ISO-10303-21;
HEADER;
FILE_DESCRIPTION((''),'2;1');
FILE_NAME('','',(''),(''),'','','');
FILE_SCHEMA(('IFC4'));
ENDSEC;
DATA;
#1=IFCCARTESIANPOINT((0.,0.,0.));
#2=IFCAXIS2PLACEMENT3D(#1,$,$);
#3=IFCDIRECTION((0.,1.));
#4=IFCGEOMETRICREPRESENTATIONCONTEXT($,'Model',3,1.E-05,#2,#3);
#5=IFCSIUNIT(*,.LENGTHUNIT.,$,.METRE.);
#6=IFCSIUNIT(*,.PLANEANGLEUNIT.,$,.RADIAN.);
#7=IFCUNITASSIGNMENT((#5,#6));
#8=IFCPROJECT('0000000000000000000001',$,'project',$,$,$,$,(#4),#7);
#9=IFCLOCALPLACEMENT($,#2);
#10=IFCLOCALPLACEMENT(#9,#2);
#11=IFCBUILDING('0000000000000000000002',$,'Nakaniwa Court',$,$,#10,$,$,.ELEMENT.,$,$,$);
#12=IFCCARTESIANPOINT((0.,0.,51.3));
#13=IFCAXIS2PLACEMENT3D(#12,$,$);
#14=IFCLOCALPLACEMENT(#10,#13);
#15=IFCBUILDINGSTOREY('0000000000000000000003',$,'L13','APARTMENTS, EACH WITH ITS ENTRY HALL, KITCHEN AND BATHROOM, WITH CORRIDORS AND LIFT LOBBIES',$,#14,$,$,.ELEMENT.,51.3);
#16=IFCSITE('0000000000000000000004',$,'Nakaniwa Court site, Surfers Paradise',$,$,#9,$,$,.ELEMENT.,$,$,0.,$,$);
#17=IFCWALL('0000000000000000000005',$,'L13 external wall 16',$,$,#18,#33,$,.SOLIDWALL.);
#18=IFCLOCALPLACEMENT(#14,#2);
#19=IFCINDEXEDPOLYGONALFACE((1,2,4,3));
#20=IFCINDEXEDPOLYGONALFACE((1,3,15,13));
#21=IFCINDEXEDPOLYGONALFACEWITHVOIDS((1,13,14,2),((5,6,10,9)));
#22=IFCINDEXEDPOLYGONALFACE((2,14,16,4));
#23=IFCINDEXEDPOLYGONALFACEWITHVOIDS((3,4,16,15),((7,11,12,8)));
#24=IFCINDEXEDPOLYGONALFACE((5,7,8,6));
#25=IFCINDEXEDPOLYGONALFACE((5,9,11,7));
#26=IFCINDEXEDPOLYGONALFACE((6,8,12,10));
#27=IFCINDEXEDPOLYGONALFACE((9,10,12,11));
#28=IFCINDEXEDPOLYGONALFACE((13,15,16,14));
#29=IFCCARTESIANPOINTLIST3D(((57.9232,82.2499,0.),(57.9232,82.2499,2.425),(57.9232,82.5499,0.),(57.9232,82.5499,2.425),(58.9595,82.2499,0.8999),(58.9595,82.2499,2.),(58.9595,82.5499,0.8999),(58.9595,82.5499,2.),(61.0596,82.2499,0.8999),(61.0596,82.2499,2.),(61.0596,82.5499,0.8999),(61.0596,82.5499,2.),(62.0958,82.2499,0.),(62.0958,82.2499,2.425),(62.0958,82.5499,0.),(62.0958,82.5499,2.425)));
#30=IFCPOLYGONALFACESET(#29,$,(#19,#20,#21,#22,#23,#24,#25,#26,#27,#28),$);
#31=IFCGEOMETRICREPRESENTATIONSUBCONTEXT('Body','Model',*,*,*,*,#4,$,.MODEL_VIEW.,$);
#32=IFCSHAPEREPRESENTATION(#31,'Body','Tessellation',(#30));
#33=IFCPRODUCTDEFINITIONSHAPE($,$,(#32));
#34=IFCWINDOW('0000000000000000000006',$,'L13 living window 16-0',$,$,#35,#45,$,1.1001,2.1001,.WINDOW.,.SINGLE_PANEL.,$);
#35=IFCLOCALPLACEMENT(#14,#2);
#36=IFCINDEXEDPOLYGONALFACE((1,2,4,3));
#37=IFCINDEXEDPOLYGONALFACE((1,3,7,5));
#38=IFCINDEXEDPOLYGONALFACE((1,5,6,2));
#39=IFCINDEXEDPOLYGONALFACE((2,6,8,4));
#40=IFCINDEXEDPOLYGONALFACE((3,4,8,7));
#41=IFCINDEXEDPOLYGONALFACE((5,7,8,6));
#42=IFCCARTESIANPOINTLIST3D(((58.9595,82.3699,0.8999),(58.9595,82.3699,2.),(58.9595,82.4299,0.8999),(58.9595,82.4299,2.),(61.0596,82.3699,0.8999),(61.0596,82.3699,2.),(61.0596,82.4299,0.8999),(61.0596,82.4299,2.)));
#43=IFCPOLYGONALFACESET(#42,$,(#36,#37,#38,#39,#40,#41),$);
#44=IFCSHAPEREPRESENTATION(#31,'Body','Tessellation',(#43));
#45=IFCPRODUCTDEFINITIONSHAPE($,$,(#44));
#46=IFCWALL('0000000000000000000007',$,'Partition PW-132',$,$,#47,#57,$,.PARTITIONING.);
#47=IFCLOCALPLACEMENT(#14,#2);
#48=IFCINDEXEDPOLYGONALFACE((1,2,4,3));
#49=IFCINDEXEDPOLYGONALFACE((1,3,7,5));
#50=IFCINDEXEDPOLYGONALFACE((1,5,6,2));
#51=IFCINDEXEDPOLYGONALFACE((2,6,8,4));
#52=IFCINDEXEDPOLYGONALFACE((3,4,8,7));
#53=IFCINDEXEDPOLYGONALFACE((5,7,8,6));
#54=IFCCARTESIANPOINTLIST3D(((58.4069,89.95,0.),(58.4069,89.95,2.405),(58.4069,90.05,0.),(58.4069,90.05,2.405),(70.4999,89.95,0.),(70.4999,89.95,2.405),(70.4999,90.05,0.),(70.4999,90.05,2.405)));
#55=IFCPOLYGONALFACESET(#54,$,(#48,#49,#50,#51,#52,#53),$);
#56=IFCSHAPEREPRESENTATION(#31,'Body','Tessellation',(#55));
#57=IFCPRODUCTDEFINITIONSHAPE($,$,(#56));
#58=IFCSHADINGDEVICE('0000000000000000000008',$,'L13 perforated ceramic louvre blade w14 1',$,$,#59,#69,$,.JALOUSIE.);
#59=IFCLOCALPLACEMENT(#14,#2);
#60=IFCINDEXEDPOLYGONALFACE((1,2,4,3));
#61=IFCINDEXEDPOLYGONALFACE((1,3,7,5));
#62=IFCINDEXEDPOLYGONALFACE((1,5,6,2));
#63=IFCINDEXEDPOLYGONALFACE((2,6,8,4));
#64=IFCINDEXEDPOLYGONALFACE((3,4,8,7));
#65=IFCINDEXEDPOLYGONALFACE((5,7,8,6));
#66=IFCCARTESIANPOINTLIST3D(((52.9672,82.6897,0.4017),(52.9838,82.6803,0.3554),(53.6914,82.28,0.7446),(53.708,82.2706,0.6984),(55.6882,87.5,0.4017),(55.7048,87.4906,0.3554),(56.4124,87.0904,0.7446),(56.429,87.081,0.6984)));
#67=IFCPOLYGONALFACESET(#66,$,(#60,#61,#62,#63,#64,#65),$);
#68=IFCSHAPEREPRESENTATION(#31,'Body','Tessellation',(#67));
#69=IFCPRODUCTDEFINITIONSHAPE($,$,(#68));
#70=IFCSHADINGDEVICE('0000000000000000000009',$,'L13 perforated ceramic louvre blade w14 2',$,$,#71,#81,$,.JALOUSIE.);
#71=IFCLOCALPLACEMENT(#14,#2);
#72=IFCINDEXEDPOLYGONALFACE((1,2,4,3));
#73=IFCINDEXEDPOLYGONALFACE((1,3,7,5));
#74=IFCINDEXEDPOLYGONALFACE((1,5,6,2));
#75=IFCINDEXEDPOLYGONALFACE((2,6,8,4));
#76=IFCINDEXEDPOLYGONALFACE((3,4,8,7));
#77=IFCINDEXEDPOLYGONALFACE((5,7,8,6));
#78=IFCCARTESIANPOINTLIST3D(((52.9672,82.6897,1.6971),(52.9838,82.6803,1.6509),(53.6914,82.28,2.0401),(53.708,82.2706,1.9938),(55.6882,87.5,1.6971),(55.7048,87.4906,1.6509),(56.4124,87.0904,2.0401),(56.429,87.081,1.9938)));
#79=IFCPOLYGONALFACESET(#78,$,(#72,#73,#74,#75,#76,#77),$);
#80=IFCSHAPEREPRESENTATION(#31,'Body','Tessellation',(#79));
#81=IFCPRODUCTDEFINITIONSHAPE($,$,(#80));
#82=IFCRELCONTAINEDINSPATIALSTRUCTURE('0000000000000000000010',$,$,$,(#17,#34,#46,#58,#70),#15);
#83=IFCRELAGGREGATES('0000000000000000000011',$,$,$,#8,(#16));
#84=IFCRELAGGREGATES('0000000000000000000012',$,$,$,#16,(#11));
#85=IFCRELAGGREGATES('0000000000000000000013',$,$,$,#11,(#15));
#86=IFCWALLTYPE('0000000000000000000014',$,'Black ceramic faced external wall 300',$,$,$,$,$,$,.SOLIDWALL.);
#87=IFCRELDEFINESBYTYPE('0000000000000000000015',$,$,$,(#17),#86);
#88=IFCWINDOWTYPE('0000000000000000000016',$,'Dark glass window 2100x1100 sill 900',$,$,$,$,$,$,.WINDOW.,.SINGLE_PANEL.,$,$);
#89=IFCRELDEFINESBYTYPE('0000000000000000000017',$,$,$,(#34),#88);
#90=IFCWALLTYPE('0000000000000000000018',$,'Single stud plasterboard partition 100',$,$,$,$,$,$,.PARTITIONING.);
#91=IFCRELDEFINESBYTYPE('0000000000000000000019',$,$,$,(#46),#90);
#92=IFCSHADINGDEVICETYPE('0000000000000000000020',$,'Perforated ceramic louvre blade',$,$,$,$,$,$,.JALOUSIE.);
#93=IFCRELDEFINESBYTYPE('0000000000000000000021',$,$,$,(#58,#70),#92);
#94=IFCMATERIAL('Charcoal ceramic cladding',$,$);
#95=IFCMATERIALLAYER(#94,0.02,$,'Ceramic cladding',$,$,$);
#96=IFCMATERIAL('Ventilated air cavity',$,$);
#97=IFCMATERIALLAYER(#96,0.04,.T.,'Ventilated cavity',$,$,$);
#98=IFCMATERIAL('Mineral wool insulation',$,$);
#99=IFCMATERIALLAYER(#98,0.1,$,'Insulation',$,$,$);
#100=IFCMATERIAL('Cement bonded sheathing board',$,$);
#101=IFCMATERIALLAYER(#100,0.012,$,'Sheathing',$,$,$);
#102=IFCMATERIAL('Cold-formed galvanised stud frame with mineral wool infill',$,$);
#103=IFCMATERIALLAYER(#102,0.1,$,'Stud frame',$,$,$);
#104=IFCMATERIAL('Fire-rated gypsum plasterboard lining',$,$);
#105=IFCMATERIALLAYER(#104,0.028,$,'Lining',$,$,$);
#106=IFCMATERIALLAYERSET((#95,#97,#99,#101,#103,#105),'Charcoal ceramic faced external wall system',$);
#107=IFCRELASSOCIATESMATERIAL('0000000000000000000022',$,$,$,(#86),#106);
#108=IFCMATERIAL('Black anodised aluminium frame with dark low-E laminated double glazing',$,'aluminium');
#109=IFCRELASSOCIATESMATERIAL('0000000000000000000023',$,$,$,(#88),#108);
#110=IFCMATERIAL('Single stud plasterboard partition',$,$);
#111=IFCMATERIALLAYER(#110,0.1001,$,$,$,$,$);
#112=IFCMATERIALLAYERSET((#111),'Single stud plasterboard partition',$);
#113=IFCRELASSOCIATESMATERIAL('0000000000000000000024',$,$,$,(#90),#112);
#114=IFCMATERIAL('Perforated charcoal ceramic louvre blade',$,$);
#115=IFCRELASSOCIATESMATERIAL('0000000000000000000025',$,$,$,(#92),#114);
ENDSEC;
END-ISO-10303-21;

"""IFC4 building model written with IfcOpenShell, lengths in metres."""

from ifc_helpers import new_model, si_unit, direction, frame, frame_2d, origin, origin_2d, place, context, subcontext, project, spatial, rectangle, extrude, material, layer, layer_set, material_profile, profile_set, type_object, element, fill, save


model = new_model("IFC4")

# Units and contexts
model_context = context("Model", 3, precision=1e-05, world=origin(), true_north=direction((0.0, 1.0)))
body_context = subcontext(model_context, "Body", "Model", "MODEL_VIEW")
ifc_project = project(units=[si_unit("LENGTHUNIT", "METRE"), si_unit("PLANEANGLEUNIT", "RADIAN")], contexts=[model_context])

# Site, building, storey
site_placement = place(None, origin())
site = spatial("IfcSite", under=ifc_project, at=site_placement, Name="Nakaniwa Court site, Surfers Paradise", CompositionType="ELEMENT", RefElevation=0.0)
building_placement = place(site_placement, origin())
building = spatial("IfcBuilding", under=site, at=building_placement, Name="Nakaniwa Court", CompositionType="ELEMENT")
storey_placement = place(building_placement, frame((0.0, 0.0, 51.3)))
storey = spatial("IfcBuildingStorey", under=building, at=storey_placement, Name="L13", Description="APARTMENTS, EACH WITH ITS ENTRY HALL, KITCHEN AND BATHROOM, WITH CORRIDORS AND LIFT LOBBIES", CompositionType="ELEMENT", Elevation=51.3)

# Shared definitions
ifc_material_1 = material(Name="Charcoal ceramic cladding")
ifc_layer_1 = layer(ifc_material_1, 0.02, Name="Ceramic cladding")
ifc_material_2 = material(Name="Ventilated air cavity")
ifc_layer_2 = layer(ifc_material_2, 0.04, ventilated=True, Name="Ventilated cavity")
ifc_material_3 = material(Name="Mineral wool insulation")
ifc_layer_3 = layer(ifc_material_3, 0.1, Name="Insulation")
ifc_material_4 = material(Name="Cement bonded sheathing board")
ifc_layer_4 = layer(ifc_material_4, 0.012, Name="Sheathing")
ifc_material_5 = material(Name="Cold-formed galvanised stud frame with mineral wool infill")
ifc_layer_5 = layer(ifc_material_5, 0.1, Name="Stud frame")
ifc_material_6 = material(Name="Fire-rated gypsum plasterboard lining")
ifc_layer_6 = layer(ifc_material_6, 0.028, Name="Lining")
ifc_layer_set_1 = layer_set([ifc_layer_1, ifc_layer_2, ifc_layer_3, ifc_layer_4, ifc_layer_5, ifc_layer_6], Name="Charcoal ceramic faced external wall system")
wall_type_1 = type_object("IfcWallType", Name="Black ceramic faced external wall 300", PredefinedType="SOLIDWALL", material=ifc_layer_set_1)
ifc_material_7 = material(Name="Black anodised aluminium frame with dark low-E laminated double glazing", Category="aluminium")

# Wall, opening, window
window_type_1 = type_object("IfcWindowType", Name="Dark glass window 2100x1100 sill 900", PartitioningType="SINGLE_PANEL", PredefinedType="WINDOW", material=ifc_material_7)
wall_1_placement = place(storey_placement, frame((57.9231, 82.3999, 0.0), z_axis=(0.0, 0.0, 1.0), x_axis=(1.0, 0.0, 0.0)))
wall_1 = element("IfcWall", 1, at=wall_1_placement, inside=storey, type_object=wall_type_1, Name="L13 external wall 16", PredefinedType="SOLIDWALL", context=body_context, shape_type="SweptSolid", body=[
    extrude(rectangle(XDim=4.1726, YDim=0.3, at=frame_2d((2.0864, 0.0))), origin(), (0.0, 0.0, 1.0), 2.425),
])
opening_1_placement = place(wall_1_placement, frame((1.0364, 0.0, 0.8999)))
opening_1 = element("IfcOpeningElement", 2, at=opening_1_placement, cuts=wall_1, PredefinedType="OPENING", context=body_context, shape_type="SweptSolid", body=[
    extrude(rectangle(XDim=2.1001, YDim=1.1001, at=frame_2d((1.05, 0.55))), frame((0.0, 0.1599, 0.0), z_axis=(0.0, -1.0, 0.0), x_axis=(1.0, 0.0, 0.0)), (0.0, 0.0, 1.0), 0.3201),
])
window_1_placement = place(opening_1_placement, origin())
window_1 = element("IfcWindow", 3, at=window_1_placement, inside=storey, type_object=window_type_1, Name="L13 living window 16-0", OverallHeight=1.1001, OverallWidth=2.1001, PartitioningType="SINGLE_PANEL", PredefinedType="WINDOW", context=body_context, shape_type="SweptSolid", body=[
    extrude(rectangle(XDim=2.1001, YDim=1.1001, at=frame_2d((1.05, 0.55))), frame((0.0, 0.03, 0.0), z_axis=(0.0, -1.0, 0.0), x_axis=(1.0, 0.0, 0.0)), (0.0, 0.0, 1.0), 0.0601),
])
fill(opening_1, window_1)

# Wall
ifc_material_8 = material(Name="Single stud plasterboard partition")
ifc_layer_7 = layer(ifc_material_8, 0.1001)
ifc_layer_set_2 = layer_set([ifc_layer_7], Name="Single stud plasterboard partition")
wall_type_2 = type_object("IfcWallType", Name="Single stud plasterboard partition 100", PredefinedType="PARTITIONING", material=ifc_layer_set_2)
wall_2_placement = place(storey_placement, frame((58.407, 90.0, 0.0), z_axis=(0.0, 0.0, 1.0), x_axis=(1.0, 0.0, 0.0)))
element("IfcWall", 4, at=wall_2_placement, inside=storey, type_object=wall_type_2, Name="Partition PW-132", PredefinedType="PARTITIONING", context=body_context, shape_type="SweptSolid", body=[
    extrude(rectangle(XDim=12.093, YDim=0.1001, at=frame_2d((6.0464, 0.0))), origin(), (0.0, 0.0, 1.0), 2.405),
])

# Shading devices
ifc_material_9 = material(Name="Perforated charcoal ceramic louvre blade")
ifc_material_profile_1 = material_profile(ifc_material_9, rectangle(XDim=0.8999, YDim=0.05, at=origin_2d()), Name="Perforated ceramic louvre blade")
ifc_profile_set_1 = profile_set([ifc_material_profile_1], Name="Perforated charcoal ceramic louvre blade")
shading_device_type = type_object("IfcShadingDeviceType", Name="Perforated ceramic louvre blade", PredefinedType="JALOUSIE", material=ifc_profile_set_1)
for number, where, z_axis, x_axis, name in (
    (5, (56.0586, 87.2905, 0.55), (-0.492343, -0.870402, 0.0), (0.804726, -0.455193, 0.38107), "L13 perforated ceramic louvre blade w14 1"),
    (6, (56.0586, 87.2905, 1.8455), (-0.492343, -0.870402, 0.0), (0.804726, -0.455193, 0.38107), "L13 perforated ceramic louvre blade w14 2"),
):
    element("IfcShadingDevice", number, at=place(storey_placement, frame(where, z_axis=z_axis, x_axis=x_axis)), inside=storey, type_object=shading_device_type, Name=name, PredefinedType="JALOUSIE", context=body_context, shape_type="SweptSolid", body=[
        extrude(rectangle(XDim=0.8999, YDim=0.05, at=origin_2d()), origin(), (0.0, 0.0, 1.0), 5.5266),
    ])

save(model, "model.ifc")
